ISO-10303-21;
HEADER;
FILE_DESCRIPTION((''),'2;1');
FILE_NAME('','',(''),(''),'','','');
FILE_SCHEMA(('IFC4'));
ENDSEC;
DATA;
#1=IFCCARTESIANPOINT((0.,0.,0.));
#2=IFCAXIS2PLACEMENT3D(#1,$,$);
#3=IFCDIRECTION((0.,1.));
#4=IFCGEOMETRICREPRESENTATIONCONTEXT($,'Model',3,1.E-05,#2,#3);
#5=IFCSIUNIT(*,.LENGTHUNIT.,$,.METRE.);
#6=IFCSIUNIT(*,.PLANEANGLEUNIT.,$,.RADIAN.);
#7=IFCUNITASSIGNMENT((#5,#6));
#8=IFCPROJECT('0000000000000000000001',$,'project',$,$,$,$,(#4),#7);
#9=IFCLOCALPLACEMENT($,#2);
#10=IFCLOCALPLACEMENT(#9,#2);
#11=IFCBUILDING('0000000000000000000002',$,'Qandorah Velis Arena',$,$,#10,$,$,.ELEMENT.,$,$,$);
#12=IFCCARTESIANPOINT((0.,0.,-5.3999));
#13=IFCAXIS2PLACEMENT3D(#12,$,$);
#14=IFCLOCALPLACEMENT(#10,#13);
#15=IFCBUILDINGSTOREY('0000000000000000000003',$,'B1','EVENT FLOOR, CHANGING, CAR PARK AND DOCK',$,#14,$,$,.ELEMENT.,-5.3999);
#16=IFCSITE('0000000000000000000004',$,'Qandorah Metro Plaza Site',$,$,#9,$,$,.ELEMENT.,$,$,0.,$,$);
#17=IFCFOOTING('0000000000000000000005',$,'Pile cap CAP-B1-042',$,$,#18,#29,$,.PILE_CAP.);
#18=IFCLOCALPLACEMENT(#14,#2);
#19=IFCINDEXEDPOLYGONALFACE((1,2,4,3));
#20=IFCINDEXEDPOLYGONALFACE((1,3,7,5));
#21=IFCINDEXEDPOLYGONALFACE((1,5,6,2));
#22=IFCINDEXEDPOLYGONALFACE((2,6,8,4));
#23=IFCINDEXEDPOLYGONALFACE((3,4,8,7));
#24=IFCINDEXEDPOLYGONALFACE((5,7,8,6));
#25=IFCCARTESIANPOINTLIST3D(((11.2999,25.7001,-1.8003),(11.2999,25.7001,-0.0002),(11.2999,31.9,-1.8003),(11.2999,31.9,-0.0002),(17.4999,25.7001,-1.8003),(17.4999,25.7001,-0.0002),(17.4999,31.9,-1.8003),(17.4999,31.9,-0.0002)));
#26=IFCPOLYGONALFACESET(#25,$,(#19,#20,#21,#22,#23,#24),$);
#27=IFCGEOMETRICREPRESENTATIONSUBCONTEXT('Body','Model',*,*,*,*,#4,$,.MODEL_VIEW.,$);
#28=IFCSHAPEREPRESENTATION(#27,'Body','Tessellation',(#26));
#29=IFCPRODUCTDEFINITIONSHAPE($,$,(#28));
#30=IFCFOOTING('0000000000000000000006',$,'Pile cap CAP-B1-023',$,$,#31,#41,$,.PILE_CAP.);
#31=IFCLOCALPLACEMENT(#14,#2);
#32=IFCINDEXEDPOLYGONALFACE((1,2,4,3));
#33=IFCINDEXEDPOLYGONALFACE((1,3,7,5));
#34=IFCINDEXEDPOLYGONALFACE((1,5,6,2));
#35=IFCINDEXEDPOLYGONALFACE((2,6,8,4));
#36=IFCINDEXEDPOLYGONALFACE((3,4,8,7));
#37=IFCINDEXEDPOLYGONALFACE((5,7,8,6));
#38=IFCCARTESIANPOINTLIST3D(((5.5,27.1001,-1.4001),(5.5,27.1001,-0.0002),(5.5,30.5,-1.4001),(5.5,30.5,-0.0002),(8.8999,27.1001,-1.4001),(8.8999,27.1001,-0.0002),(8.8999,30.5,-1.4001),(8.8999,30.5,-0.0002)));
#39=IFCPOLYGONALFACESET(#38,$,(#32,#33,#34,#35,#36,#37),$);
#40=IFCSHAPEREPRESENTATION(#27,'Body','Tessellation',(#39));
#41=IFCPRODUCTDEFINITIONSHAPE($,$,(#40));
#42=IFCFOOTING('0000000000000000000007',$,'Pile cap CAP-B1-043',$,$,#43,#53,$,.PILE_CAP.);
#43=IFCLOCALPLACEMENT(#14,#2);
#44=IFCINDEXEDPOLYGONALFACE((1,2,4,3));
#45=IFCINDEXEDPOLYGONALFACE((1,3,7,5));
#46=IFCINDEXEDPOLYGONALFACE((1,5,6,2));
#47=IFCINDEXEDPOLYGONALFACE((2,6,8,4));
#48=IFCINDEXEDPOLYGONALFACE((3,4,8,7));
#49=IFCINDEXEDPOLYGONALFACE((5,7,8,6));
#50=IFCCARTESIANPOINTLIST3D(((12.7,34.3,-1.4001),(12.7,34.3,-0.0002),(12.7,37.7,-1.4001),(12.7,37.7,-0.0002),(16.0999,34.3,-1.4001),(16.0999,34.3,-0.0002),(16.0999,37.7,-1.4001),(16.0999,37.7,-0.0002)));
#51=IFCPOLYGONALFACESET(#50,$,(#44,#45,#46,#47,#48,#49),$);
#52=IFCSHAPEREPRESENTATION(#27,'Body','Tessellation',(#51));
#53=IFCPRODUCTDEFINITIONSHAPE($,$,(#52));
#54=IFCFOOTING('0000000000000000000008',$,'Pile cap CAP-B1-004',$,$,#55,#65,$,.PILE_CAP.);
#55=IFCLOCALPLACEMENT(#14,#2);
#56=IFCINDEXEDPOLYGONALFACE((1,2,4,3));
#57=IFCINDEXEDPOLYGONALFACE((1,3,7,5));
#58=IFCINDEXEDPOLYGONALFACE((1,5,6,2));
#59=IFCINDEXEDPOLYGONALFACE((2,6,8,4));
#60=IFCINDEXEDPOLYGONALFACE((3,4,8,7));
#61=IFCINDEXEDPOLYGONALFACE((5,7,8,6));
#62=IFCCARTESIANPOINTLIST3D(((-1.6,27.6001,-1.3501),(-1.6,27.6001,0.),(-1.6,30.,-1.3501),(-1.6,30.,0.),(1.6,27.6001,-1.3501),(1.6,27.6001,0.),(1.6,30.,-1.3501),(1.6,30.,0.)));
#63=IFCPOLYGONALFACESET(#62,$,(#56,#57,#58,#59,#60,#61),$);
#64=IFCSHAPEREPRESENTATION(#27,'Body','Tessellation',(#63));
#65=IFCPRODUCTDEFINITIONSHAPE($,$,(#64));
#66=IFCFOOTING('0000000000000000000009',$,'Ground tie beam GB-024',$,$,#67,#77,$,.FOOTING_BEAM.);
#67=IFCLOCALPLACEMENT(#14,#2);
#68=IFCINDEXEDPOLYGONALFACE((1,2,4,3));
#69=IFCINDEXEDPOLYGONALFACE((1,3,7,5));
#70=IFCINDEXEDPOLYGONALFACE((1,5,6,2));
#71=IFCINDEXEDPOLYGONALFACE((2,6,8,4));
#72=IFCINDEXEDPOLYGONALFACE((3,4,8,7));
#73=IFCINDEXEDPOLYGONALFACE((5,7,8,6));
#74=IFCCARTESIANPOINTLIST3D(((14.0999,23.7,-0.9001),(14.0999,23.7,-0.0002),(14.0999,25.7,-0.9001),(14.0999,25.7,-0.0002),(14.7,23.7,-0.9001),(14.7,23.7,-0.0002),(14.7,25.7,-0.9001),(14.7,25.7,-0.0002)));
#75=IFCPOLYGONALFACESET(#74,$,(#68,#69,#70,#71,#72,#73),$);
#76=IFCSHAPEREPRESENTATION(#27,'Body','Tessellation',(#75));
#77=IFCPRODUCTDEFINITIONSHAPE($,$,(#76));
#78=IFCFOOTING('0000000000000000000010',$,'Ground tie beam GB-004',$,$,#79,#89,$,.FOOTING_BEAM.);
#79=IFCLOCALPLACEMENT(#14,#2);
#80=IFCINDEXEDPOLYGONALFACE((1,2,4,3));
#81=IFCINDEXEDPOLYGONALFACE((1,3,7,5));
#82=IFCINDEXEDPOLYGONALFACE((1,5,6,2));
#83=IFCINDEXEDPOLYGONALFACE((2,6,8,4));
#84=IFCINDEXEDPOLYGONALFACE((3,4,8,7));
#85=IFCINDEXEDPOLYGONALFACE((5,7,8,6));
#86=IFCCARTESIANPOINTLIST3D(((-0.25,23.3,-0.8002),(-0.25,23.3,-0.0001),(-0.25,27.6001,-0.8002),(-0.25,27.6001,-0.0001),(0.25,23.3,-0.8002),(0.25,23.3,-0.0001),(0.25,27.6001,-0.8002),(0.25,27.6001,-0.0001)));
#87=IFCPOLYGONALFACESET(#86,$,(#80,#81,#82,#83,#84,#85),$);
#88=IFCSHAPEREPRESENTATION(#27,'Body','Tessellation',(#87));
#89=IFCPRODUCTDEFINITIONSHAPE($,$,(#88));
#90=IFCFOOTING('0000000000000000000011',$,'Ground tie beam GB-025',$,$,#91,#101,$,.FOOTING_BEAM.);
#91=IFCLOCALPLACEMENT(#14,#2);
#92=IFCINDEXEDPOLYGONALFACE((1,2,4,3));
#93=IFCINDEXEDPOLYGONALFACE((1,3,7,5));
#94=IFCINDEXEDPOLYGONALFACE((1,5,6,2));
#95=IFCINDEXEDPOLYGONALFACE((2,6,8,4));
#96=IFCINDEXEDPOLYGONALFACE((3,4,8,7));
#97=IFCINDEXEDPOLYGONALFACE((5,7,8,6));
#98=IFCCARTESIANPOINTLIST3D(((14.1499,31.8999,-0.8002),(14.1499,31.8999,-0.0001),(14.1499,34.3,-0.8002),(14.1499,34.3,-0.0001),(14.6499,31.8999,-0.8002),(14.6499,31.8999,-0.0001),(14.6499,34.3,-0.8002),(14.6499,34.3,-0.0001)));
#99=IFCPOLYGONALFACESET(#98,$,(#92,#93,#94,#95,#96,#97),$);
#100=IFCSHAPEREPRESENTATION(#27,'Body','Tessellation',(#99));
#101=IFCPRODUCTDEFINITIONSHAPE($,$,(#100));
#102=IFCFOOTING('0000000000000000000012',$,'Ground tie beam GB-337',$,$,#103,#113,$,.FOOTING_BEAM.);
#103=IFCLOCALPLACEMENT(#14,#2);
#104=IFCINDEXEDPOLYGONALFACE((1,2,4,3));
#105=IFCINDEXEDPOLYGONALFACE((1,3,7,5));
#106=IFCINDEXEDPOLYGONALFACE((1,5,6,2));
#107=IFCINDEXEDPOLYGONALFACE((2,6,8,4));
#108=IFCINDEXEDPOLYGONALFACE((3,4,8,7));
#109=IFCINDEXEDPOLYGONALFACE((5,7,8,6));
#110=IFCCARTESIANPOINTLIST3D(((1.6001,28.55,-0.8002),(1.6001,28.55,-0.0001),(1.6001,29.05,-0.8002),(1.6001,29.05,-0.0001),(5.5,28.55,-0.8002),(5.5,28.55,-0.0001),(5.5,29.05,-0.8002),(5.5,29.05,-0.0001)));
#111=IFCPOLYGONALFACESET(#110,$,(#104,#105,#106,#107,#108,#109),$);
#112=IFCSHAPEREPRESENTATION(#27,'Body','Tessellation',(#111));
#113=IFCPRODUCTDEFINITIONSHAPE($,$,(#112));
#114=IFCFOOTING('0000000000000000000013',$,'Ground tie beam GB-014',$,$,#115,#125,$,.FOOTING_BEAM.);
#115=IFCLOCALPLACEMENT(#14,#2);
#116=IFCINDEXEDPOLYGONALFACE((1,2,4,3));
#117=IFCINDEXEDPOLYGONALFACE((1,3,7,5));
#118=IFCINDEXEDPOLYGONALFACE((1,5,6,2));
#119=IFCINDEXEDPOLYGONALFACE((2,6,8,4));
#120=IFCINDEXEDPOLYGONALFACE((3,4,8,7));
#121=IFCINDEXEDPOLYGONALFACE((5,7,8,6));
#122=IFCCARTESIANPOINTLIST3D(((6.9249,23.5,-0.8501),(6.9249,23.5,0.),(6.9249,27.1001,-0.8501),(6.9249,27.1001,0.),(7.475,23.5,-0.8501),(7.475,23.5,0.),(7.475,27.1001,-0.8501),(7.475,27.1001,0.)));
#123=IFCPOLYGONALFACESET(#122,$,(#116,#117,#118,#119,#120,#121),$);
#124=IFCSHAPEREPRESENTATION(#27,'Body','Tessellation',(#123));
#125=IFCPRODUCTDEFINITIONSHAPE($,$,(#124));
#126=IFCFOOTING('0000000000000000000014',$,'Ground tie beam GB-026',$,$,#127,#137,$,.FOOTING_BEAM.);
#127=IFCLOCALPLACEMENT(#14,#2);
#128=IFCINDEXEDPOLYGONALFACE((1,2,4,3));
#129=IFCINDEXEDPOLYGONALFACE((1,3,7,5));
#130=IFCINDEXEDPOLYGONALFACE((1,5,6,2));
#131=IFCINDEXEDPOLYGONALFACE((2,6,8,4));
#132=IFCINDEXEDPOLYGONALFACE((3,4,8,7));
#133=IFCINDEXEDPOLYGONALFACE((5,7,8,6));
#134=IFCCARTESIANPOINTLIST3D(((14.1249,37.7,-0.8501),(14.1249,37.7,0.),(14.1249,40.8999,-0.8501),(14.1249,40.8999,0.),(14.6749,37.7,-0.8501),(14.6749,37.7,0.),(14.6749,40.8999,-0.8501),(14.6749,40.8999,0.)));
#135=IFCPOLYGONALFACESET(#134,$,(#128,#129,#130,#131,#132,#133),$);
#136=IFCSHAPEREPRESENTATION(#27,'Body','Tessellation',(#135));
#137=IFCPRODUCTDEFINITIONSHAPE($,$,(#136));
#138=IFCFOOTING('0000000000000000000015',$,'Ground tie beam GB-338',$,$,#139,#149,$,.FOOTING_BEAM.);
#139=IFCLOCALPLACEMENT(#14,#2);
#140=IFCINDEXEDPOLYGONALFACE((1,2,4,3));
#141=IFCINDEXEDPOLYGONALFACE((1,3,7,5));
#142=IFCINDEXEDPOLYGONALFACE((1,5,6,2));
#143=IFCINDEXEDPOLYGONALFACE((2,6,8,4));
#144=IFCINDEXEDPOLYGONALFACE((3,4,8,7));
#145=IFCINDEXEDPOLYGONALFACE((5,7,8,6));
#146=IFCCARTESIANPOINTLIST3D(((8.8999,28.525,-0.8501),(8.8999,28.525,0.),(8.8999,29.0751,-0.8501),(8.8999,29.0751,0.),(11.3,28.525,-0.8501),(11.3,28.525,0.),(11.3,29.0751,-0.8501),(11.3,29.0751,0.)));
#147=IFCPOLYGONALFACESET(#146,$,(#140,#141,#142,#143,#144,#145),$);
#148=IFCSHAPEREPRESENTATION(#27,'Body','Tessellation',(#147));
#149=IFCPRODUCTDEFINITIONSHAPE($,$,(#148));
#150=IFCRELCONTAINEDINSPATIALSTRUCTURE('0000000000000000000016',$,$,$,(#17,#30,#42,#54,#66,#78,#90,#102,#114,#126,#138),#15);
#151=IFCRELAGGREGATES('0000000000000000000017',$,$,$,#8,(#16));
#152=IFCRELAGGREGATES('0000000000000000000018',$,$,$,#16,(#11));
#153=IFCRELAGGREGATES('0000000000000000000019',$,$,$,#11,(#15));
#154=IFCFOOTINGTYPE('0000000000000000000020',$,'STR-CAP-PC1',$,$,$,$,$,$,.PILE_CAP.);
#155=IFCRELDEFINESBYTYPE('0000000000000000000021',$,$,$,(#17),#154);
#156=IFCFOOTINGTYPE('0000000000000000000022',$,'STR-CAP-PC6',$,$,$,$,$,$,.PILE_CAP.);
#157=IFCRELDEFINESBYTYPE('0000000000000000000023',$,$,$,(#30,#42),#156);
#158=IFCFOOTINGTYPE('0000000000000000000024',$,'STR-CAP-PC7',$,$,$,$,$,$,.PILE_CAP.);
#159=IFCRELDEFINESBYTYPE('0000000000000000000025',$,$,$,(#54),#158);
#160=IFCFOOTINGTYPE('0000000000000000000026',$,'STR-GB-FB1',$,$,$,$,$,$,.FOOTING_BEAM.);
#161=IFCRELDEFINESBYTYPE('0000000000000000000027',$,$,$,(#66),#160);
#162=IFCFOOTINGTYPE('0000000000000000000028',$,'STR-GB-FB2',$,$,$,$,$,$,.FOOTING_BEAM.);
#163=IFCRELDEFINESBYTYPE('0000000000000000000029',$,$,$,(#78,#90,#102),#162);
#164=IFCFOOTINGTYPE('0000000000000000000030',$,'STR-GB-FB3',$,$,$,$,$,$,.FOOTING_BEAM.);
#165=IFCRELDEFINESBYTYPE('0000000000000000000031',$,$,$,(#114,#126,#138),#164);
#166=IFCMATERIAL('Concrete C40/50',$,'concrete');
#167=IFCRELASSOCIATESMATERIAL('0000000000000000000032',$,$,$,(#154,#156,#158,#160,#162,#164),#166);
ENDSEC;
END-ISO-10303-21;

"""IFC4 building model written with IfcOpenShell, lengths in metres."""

from ifc_helpers import new_model, si_unit, direction, frame, origin, origin_2d, place, context, subcontext, project, spatial, rectangle, extrude, material, material_profile, profile_set, type_object, element, save


model = new_model("IFC4")

# Units and contexts
model_context = context("Model", 3, precision=1e-05, world=origin(), true_north=direction((0.0, 1.0)))
body_context = subcontext(model_context, "Body", "Model", "MODEL_VIEW")
ifc_project = project(units=[si_unit("LENGTHUNIT", "METRE"), si_unit("PLANEANGLEUNIT", "RADIAN")], contexts=[model_context])

# Site, building, storey
site_placement = place(None, origin())
site = spatial("IfcSite", under=ifc_project, at=site_placement, Name="Qandorah Metro Plaza Site", CompositionType="ELEMENT", RefElevation=0.0)
building_placement = place(site_placement, origin())
building = spatial("IfcBuilding", under=site, at=building_placement, Name="Qandorah Velis Arena", CompositionType="ELEMENT")
storey_placement = place(building_placement, frame((0.0, 0.0, -5.3999)))
storey = spatial("IfcBuildingStorey", under=building, at=storey_placement, Name="B1", Description="EVENT FLOOR, CHANGING, CAR PARK AND DOCK", CompositionType="ELEMENT", Elevation=-5.3999)

# Footings
ifc_material_1 = material(Name="Concrete C40/50", Category="concrete")
footing_type_1 = type_object("IfcFootingType", Name="STR-CAP-PC1", PredefinedType="PILE_CAP", material=ifc_material_1)
footing_1_placement = place(storey_placement, frame((14.3999, 28.8, -1.8003), z_axis=(0.0, 0.0, 1.0), x_axis=(1.0, 0.0, 0.0)))
element("IfcFooting", 1, at=footing_1_placement, inside=storey, type_object=footing_type_1, Name="Pile cap CAP-B1-042", PredefinedType="PILE_CAP", context=body_context, shape_type="SweptSolid", body=[
    extrude(rectangle(XDim=6.2, YDim=6.2, at=origin_2d()), origin(), (0.0, 0.0, 1.0), 1.8),
])
footing_type_2 = type_object("IfcFootingType", Name="STR-CAP-PC6", PredefinedType="PILE_CAP", material=ifc_material_1)
for number, where, z_axis, x_axis, name in (
    (2, (7.2, 28.8, -1.4001), (0.0, 0.0, 1.0), (1.0, 0.0, 0.0), "Pile cap CAP-B1-023"),
    (3, (14.3999, 36.0, -1.4001), (0.0, 0.0, 1.0), (1.0, 0.0, 0.0), "Pile cap CAP-B1-043"),
):
    element("IfcFooting", number, at=place(storey_placement, frame(where, z_axis=z_axis, x_axis=x_axis)), inside=storey, type_object=footing_type_2, Name=name, PredefinedType="PILE_CAP", context=body_context, shape_type="SweptSolid", body=[
        extrude(rectangle(XDim=3.3999, YDim=3.3999, at=origin_2d()), origin(), (0.0, 0.0, 1.0), 1.3999),
    ])
footing_type_3 = type_object("IfcFootingType", Name="STR-CAP-PC7", PredefinedType="PILE_CAP", material=ifc_material_1)
footing_2_placement = place(storey_placement, frame((0.0, 28.8, -1.3501), z_axis=(0.0, 0.0, 1.0), x_axis=(1.0, 0.0, 0.0)))
element("IfcFooting", 4, at=footing_2_placement, inside=storey, type_object=footing_type_3, Name="Pile cap CAP-B1-004", PredefinedType="PILE_CAP", context=body_context, shape_type="SweptSolid", body=[
    extrude(rectangle(XDim=3.2, YDim=2.3999, at=origin_2d()), origin(), (0.0, 0.0, 1.0), 1.3501),
])
ifc_material_profile_1 = material_profile(ifc_material_1, rectangle(XDim=0.6001, YDim=0.8999, at=origin_2d()), Name="GB1 600x900")
ifc_profile_set_1 = profile_set([ifc_material_profile_1], Name="Concrete C40/50")
footing_type_4 = type_object("IfcFootingType", Name="STR-GB-FB1", PredefinedType="FOOTING_BEAM", material=ifc_profile_set_1)
footing_3_placement = place(storey_placement, frame((14.3999, 23.7, -0.4502), z_axis=(0.0, 1.0, 0.0), x_axis=(-1.0, 0.0, 0.0)))
element("IfcFooting", 5, at=footing_3_placement, inside=storey, type_object=footing_type_4, Name="Ground tie beam GB-024", PredefinedType="FOOTING_BEAM", context=body_context, shape_type="SweptSolid", body=[
    extrude(rectangle(XDim=0.6001, YDim=0.8999, at=origin_2d()), origin(), (0.0, 0.0, 1.0), 2.0),
])
ifc_material_profile_2 = material_profile(ifc_material_1, rectangle(XDim=0.5, YDim=0.8, at=origin_2d()), Name="GB2 500x800")
ifc_profile_set_2 = profile_set([ifc_material_profile_2], Name="Concrete C40/50")
footing_type_5 = type_object("IfcFootingType", Name="STR-GB-FB2", PredefinedType="FOOTING_BEAM", material=ifc_profile_set_2)
footing_4_placement = place(storey_placement, frame((0.0, 23.3, -0.4001), z_axis=(0.0, 1.0, 0.0), x_axis=(-1.0, 0.0, 0.0)))
element("IfcFooting", 6, at=footing_4_placement, inside=storey, type_object=footing_type_5, Name="Ground tie beam GB-004", PredefinedType="FOOTING_BEAM", context=body_context, shape_type="SweptSolid", body=[
    extrude(rectangle(XDim=0.5, YDim=0.8, at=origin_2d()), origin(), (0.0, 0.0, 1.0), 4.3),
])
footing_5_placement = place(storey_placement, frame((14.3999, 31.8999, -0.4001), z_axis=(0.0, 1.0, 0.0), x_axis=(-1.0, 0.0, 0.0)))
element("IfcFooting", 7, at=footing_5_placement, inside=storey, type_object=footing_type_5, Name="Ground tie beam GB-025", PredefinedType="FOOTING_BEAM", context=body_context, shape_type="SweptSolid", body=[
    extrude(rectangle(XDim=0.5, YDim=0.8, at=origin_2d()), origin(), (0.0, 0.0, 1.0), 2.4001),
])
footing_6_placement = place(storey_placement, frame((1.6001, 28.8, -0.4001), z_axis=(1.0, 0.0, 0.0), x_axis=(0.0, 1.0, 0.0)))
element("IfcFooting", 8, at=footing_6_placement, inside=storey, type_object=footing_type_5, Name="Ground tie beam GB-337", PredefinedType="FOOTING_BEAM", context=body_context, shape_type="SweptSolid", body=[
    extrude(rectangle(XDim=0.5, YDim=0.8, at=origin_2d()), origin(), (0.0, 0.0, 1.0), 3.8999),
])
ifc_material_profile_3 = material_profile(ifc_material_1, rectangle(XDim=0.55, YDim=0.8501, at=origin_2d()), Name="GB3 550x850")
ifc_profile_set_3 = profile_set([ifc_material_profile_3], Name="Concrete C40/50")
footing_type_6 = type_object("IfcFootingType", Name="STR-GB-FB3", PredefinedType="FOOTING_BEAM", material=ifc_profile_set_3)
footing_7_placement = place(storey_placement, frame((7.2, 23.5, -0.425), z_axis=(0.0, 1.0, 0.0), x_axis=(-1.0, 0.0, 0.0)))
element("IfcFooting", 9, at=footing_7_placement, inside=storey, type_object=footing_type_6, Name="Ground tie beam GB-014", PredefinedType="FOOTING_BEAM", context=body_context, shape_type="SweptSolid", body=[
    extrude(rectangle(XDim=0.55, YDim=0.8501, at=origin_2d()), origin(), (0.0, 0.0, 1.0), 3.6001),
])
footing_8_placement = place(storey_placement, frame((14.3999, 37.7, -0.425), z_axis=(0.0, 1.0, 0.0), x_axis=(-1.0, 0.0, 0.0)))
element("IfcFooting", 10, at=footing_8_placement, inside=storey, type_object=footing_type_6, Name="Ground tie beam GB-026", PredefinedType="FOOTING_BEAM", context=body_context, shape_type="SweptSolid", body=[
    extrude(rectangle(XDim=0.55, YDim=0.8501, at=origin_2d()), origin(), (0.0, 0.0, 1.0), 3.2),
])
footing_9_placement = place(storey_placement, frame((8.8999, 28.8, -0.425), z_axis=(1.0, 0.0, 0.0), x_axis=(0.0, 1.0, 0.0)))
element("IfcFooting", 11, at=footing_9_placement, inside=storey, type_object=footing_type_6, Name="Ground tie beam GB-338", PredefinedType="FOOTING_BEAM", context=body_context, shape_type="SweptSolid", body=[
    extrude(rectangle(XDim=0.55, YDim=0.8501, at=origin_2d()), origin(), (0.0, 0.0, 1.0), 2.4001),
])

save(model, "model.ifc")
